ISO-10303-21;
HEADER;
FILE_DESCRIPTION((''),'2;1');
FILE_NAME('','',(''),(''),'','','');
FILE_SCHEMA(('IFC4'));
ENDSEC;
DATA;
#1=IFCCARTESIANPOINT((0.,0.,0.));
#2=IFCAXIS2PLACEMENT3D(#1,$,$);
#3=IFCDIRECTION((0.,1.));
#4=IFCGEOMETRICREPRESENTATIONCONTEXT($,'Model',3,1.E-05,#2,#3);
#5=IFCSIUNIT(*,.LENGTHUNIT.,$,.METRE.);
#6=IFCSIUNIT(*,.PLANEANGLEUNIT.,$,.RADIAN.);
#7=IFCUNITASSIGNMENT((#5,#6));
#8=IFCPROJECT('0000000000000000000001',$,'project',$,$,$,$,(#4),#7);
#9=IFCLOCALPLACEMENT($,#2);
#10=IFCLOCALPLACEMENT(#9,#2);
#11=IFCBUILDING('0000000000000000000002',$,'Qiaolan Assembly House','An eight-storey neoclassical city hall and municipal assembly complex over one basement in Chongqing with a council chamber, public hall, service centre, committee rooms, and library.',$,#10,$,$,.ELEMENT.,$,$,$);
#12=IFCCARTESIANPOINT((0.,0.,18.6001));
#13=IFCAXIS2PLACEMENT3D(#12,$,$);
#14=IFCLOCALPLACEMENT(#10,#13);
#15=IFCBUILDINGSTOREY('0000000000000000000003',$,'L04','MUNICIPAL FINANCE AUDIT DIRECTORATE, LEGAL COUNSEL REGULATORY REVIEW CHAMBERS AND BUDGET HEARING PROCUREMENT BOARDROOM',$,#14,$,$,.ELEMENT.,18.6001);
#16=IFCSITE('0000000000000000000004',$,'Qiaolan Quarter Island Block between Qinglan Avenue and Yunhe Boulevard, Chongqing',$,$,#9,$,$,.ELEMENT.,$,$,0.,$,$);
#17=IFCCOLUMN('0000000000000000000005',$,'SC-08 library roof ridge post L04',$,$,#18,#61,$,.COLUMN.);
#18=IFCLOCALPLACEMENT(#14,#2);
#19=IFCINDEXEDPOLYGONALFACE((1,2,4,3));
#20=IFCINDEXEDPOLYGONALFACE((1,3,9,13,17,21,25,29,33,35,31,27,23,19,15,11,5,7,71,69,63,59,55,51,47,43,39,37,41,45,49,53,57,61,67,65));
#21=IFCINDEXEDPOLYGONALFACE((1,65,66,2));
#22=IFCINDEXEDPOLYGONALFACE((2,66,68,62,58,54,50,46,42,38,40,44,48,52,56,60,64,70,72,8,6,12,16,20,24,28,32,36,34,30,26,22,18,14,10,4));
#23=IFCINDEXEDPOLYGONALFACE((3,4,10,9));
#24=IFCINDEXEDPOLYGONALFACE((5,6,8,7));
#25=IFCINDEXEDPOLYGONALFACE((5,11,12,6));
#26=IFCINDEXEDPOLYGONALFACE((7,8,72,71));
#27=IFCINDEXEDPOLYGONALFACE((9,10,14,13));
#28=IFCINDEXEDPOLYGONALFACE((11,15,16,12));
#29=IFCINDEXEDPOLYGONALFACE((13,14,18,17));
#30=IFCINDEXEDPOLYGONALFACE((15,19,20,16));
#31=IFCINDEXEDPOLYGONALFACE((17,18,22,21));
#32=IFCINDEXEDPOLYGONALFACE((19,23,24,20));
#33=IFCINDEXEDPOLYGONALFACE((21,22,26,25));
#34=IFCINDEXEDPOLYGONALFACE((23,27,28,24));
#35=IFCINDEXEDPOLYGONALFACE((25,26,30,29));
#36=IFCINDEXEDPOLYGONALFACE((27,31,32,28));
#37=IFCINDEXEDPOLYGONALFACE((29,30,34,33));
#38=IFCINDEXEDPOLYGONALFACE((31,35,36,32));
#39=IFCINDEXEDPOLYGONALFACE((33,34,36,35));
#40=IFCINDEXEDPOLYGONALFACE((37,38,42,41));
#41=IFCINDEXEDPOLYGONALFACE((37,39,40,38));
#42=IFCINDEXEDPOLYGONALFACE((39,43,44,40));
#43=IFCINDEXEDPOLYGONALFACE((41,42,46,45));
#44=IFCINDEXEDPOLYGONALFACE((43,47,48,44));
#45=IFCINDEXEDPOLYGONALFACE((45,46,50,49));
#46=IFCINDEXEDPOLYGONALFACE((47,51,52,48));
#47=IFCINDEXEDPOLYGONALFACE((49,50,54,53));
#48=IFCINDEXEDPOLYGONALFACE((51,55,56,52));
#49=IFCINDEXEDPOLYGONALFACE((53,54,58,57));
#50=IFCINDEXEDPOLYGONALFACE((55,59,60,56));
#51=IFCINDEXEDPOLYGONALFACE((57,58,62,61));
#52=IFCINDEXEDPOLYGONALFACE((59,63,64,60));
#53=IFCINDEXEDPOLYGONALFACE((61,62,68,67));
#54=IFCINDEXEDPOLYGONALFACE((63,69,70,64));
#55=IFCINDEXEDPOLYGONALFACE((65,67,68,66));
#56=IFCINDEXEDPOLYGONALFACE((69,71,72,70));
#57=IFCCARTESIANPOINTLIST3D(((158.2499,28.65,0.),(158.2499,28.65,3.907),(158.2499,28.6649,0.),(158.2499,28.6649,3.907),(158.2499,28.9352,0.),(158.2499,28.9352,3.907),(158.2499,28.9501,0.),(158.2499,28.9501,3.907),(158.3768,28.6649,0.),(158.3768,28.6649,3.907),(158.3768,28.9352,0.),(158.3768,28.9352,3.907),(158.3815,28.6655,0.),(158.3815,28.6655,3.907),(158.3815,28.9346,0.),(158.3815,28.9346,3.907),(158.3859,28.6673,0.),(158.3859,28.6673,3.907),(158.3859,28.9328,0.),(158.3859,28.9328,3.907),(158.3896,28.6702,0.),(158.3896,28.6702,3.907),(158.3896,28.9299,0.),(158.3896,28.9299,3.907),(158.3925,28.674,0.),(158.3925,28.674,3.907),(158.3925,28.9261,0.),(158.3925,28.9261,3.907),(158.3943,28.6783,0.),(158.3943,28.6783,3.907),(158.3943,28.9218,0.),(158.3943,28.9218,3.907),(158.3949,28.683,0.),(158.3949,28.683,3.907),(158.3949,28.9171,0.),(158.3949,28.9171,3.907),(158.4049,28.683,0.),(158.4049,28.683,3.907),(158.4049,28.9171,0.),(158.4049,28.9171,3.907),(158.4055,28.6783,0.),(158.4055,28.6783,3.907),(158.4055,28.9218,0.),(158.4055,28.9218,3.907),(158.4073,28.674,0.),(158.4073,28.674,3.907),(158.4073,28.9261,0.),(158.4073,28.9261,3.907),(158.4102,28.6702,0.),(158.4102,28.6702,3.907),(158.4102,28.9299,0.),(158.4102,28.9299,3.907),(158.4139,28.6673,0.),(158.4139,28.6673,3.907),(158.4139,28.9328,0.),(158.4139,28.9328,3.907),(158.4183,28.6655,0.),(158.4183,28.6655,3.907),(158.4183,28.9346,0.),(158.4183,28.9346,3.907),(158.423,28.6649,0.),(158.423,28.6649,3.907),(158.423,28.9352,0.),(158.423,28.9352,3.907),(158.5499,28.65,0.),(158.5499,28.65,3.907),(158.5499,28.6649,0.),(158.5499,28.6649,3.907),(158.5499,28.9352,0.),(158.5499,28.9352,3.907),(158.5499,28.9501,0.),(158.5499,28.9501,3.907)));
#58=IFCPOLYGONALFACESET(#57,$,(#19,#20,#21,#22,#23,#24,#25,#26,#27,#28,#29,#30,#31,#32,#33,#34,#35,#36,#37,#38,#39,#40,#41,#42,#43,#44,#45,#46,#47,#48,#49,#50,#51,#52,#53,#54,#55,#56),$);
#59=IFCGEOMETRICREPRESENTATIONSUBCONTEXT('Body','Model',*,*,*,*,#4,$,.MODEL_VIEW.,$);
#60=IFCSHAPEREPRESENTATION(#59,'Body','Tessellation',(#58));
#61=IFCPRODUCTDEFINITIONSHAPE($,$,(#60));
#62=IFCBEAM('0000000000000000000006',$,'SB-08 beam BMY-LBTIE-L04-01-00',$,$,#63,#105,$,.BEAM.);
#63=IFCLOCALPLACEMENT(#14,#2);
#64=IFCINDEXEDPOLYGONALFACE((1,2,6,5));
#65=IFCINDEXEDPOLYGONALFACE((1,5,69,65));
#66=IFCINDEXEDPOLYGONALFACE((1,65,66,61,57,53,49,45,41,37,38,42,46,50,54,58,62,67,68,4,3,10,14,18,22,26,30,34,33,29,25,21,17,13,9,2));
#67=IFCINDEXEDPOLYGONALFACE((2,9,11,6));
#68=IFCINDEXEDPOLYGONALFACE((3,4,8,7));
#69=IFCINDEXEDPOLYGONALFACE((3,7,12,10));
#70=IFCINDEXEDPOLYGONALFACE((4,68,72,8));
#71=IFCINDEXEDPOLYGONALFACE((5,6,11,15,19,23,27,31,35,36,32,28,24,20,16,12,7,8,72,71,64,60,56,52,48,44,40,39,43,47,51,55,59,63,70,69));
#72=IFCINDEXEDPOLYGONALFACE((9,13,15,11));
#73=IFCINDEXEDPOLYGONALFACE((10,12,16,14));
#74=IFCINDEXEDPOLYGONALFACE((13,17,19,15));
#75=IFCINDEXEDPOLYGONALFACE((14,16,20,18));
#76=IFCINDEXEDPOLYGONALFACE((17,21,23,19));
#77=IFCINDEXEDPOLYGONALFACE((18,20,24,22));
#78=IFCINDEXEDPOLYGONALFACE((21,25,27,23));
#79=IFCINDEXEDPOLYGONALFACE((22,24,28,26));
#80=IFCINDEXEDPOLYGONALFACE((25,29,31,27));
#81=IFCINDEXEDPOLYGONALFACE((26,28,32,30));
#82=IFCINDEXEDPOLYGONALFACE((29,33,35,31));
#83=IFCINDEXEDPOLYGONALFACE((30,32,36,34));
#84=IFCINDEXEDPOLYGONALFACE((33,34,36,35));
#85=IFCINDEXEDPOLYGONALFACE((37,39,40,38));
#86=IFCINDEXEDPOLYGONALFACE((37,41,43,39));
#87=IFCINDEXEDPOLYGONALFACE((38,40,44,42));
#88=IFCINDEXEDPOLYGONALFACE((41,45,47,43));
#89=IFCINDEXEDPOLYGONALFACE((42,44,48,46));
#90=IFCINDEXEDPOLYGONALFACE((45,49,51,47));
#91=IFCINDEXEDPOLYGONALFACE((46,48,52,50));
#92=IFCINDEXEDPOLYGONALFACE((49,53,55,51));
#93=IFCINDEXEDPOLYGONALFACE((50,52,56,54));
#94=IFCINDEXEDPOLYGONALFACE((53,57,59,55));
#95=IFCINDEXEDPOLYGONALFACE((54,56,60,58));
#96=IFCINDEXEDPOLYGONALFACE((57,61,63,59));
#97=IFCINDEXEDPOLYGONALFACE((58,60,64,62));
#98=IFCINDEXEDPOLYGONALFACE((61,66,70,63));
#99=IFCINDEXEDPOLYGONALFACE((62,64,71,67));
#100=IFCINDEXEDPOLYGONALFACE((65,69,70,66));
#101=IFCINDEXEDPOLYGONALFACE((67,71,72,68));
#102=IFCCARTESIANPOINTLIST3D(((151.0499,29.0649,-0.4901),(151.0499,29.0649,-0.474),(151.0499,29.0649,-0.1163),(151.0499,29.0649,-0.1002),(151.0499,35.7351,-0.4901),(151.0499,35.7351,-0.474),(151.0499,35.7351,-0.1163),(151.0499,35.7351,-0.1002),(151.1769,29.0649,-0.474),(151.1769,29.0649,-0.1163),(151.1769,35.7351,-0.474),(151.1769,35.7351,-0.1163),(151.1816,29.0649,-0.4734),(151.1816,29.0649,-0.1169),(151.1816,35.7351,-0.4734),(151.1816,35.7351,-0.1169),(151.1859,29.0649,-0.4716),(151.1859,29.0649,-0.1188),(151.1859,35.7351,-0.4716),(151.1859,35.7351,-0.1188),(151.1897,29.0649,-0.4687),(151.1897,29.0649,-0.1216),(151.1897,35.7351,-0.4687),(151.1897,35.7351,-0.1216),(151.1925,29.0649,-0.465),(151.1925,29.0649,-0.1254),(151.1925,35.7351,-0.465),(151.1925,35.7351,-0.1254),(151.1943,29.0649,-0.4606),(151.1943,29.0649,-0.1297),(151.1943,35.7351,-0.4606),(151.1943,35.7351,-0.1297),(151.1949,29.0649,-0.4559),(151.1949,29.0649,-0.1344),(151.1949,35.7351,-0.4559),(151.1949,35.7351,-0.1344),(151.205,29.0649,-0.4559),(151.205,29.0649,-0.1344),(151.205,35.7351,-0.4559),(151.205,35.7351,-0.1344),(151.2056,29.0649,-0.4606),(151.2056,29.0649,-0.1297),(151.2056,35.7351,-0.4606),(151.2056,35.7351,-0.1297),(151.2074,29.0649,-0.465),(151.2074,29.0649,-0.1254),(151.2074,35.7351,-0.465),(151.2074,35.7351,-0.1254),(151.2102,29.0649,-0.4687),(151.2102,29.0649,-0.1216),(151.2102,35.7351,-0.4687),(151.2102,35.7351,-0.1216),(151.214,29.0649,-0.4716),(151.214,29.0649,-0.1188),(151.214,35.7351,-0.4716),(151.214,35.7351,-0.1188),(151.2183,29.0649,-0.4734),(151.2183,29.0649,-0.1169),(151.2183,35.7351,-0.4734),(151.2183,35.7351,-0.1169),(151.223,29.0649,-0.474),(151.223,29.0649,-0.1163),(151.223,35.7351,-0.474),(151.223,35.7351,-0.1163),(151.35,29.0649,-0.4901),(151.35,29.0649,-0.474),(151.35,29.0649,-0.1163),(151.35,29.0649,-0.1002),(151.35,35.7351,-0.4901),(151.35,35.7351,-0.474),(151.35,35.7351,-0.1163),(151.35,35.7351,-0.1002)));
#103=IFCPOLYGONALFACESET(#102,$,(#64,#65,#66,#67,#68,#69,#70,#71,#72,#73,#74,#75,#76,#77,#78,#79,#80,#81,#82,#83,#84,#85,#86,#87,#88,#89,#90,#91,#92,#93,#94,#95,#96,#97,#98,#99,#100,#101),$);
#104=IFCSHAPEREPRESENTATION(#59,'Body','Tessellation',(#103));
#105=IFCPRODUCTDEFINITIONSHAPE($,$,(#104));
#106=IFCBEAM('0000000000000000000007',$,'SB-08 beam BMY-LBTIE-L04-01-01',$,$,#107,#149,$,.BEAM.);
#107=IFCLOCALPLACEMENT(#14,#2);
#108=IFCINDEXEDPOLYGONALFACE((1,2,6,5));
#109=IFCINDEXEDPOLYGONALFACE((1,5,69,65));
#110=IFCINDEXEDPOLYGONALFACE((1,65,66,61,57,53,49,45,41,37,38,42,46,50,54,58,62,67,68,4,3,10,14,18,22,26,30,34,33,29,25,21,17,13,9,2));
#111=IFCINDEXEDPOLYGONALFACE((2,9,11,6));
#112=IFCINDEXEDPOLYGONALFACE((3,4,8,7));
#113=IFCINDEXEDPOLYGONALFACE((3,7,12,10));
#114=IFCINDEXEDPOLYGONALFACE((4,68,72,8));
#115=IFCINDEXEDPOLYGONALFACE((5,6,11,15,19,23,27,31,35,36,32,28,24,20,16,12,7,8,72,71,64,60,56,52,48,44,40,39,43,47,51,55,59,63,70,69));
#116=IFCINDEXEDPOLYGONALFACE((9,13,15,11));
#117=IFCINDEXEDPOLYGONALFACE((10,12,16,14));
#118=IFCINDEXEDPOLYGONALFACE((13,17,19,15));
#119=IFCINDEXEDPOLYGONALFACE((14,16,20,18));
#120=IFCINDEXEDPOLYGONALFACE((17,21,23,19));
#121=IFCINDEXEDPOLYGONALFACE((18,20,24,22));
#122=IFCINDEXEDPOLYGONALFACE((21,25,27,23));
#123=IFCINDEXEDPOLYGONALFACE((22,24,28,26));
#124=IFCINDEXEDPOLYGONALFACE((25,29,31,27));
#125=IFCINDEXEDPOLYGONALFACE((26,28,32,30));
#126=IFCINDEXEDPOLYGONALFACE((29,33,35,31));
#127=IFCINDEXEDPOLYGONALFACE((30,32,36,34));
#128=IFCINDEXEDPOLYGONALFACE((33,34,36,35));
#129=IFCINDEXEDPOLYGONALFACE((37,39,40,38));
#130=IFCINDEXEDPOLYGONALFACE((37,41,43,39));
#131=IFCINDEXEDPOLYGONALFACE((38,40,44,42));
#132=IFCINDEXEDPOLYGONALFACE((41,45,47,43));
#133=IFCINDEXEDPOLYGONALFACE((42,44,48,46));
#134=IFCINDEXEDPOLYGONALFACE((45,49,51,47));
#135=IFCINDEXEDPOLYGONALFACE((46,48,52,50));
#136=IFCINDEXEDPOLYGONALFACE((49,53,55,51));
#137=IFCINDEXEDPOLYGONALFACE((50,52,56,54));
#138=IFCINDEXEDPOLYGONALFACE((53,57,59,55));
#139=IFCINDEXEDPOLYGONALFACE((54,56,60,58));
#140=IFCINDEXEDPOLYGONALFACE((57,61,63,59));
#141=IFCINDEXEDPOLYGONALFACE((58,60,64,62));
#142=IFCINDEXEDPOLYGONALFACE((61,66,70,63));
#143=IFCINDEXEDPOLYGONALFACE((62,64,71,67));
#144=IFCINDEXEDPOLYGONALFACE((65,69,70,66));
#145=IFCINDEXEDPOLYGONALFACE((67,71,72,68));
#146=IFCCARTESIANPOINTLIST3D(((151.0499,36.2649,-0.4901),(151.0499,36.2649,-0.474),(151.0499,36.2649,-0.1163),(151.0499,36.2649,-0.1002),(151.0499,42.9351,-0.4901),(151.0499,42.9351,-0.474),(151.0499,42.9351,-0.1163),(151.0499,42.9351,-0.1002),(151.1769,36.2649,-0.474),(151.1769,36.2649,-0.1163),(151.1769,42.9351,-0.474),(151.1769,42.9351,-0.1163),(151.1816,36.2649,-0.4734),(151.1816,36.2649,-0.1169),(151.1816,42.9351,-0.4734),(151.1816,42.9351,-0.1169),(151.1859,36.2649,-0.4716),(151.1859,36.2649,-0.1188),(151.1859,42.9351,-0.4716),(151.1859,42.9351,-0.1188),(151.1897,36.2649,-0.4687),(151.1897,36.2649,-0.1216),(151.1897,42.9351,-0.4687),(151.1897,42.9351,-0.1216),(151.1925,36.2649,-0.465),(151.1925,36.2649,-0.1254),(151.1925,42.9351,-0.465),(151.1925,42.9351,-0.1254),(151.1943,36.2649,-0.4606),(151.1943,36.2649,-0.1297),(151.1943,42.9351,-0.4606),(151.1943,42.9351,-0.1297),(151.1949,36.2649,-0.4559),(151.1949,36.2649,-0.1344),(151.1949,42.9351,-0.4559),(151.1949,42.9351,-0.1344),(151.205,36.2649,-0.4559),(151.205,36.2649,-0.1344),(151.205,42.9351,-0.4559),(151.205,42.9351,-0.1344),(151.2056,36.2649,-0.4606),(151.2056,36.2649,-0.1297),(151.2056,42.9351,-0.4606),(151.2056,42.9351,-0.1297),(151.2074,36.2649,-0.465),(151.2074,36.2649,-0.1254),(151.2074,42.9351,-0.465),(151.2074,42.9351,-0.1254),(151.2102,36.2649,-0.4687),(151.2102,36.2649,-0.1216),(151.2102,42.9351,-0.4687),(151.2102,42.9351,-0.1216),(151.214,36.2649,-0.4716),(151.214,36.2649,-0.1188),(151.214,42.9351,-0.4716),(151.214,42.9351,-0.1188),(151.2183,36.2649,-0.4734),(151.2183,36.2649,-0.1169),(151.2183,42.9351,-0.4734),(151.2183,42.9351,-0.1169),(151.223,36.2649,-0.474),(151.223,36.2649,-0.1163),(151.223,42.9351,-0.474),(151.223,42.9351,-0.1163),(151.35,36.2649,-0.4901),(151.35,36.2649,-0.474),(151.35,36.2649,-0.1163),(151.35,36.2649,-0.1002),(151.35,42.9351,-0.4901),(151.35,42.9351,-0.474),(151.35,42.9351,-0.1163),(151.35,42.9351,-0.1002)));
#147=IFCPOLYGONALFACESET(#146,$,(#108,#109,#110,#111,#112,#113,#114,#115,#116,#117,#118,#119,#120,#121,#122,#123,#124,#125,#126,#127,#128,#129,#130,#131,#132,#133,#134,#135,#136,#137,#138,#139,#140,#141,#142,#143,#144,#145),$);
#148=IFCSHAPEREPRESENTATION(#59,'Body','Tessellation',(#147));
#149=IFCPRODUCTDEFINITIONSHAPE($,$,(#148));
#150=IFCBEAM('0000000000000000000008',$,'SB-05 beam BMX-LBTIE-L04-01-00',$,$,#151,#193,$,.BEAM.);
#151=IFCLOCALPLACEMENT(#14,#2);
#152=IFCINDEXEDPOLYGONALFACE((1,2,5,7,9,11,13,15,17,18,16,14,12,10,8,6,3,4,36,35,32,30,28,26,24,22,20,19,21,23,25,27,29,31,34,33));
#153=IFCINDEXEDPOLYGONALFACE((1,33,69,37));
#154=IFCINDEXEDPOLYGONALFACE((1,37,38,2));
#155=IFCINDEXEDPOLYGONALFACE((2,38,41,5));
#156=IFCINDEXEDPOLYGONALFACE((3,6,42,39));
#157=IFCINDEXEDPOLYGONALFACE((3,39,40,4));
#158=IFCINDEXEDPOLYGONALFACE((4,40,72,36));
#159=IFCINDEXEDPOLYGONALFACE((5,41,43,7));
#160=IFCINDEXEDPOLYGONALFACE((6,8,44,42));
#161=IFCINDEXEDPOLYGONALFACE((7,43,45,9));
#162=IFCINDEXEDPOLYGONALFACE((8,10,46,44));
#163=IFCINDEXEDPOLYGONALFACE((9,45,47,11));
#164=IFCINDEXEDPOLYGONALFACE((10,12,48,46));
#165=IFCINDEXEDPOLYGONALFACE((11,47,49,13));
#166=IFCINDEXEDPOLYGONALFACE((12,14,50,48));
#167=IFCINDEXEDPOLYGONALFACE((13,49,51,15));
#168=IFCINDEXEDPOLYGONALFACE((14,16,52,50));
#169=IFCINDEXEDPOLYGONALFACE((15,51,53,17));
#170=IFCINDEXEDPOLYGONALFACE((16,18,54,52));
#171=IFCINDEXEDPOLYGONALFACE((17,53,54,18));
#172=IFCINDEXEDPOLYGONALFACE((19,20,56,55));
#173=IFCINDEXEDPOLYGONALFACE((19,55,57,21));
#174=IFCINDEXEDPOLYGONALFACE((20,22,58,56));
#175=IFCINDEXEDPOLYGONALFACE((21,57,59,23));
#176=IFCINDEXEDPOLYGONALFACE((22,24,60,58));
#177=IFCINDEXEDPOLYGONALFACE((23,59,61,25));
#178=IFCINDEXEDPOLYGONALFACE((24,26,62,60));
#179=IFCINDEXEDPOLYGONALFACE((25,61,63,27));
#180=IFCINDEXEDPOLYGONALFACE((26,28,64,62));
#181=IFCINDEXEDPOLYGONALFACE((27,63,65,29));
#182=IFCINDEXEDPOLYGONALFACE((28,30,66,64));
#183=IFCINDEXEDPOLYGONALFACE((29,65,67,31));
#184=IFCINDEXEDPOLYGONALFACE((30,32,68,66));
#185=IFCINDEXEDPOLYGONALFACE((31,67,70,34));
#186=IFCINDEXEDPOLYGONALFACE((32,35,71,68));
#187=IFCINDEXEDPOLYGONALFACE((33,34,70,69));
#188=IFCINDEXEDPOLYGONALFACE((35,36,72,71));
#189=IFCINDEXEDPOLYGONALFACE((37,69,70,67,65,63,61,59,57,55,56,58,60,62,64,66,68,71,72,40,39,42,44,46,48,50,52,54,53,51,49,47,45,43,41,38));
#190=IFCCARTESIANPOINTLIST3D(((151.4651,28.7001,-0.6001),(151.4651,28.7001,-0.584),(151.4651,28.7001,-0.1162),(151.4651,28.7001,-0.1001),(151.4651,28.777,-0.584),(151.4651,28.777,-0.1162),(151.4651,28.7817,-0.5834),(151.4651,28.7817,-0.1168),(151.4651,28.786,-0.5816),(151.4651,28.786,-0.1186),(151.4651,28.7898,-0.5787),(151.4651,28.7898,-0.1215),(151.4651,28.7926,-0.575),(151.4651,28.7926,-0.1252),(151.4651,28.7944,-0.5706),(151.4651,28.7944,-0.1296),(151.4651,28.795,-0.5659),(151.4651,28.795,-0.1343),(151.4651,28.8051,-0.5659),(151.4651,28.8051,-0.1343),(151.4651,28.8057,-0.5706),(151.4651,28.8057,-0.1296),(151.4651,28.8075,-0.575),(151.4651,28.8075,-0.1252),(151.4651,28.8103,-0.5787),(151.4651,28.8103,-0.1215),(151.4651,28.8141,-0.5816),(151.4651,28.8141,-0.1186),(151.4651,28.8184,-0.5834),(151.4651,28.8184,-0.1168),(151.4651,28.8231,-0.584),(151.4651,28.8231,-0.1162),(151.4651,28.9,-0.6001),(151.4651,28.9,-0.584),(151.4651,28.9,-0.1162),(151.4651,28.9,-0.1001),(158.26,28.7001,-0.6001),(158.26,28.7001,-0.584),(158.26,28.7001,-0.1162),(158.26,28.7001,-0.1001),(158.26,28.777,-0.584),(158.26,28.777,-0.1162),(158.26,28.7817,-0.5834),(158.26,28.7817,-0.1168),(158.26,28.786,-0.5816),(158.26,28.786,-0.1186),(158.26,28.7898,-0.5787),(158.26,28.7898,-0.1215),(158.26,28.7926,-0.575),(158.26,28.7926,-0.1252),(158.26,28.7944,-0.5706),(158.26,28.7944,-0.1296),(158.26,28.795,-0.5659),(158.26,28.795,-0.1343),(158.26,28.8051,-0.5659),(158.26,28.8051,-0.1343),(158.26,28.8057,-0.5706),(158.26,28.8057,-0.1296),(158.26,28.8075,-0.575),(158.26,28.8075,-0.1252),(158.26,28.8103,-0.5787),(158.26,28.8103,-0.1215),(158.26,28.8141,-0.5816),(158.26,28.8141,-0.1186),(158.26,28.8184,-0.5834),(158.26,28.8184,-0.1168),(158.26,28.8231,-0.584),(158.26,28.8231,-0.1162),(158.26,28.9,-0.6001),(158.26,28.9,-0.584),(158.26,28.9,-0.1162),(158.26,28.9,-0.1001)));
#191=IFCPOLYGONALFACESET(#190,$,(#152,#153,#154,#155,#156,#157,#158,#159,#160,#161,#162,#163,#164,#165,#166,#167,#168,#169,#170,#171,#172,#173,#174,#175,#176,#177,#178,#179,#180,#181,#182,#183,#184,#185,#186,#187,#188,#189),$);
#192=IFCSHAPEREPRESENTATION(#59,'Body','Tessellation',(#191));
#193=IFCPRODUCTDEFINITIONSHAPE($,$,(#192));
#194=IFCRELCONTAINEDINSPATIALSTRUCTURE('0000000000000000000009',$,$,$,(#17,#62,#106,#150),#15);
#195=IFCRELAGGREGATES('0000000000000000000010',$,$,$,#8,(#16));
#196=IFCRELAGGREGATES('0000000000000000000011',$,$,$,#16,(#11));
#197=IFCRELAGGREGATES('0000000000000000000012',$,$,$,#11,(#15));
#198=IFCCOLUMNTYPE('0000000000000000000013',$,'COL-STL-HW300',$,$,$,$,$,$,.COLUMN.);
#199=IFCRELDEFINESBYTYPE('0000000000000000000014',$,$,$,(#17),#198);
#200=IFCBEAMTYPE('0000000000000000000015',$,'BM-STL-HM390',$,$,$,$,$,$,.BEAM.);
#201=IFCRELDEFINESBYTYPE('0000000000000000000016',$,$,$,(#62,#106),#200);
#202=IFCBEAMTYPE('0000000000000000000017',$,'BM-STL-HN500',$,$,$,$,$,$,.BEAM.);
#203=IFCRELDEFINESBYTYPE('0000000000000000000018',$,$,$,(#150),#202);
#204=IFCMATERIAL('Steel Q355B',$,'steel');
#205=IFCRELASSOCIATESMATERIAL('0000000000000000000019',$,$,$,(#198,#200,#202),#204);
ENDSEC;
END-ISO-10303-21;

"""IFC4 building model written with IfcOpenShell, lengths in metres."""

from ifc_helpers import new_model, si_unit, direction, frame, origin, origin_2d, place, context, subcontext, project, spatial, i_section, extrude, material, material_profile, profile_set, type_object, element, save


model = new_model("IFC4")

# Units and contexts
model_context = context("Model", 3, precision=1e-05, world=origin(), true_north=direction((0.0, 1.0)))
body_context = subcontext(model_context, "Body", "Model", "MODEL_VIEW")
ifc_project = project(units=[si_unit("LENGTHUNIT", "METRE"), si_unit("PLANEANGLEUNIT", "RADIAN")], contexts=[model_context])

# Site, building, storey
site_placement = place(None, origin())
site = spatial("IfcSite", under=ifc_project, at=site_placement, Name="Qiaolan Quarter Island Block between Qinglan Avenue and Yunhe Boulevard, Chongqing", CompositionType="ELEMENT", RefElevation=0.0)
building_placement = place(site_placement, origin())
building = spatial("IfcBuilding", under=site, at=building_placement, Name="Qiaolan Assembly House", Description="An eight-storey neoclassical city hall and municipal assembly complex over one basement in Chongqing with a council chamber, public hall, service centre, committee rooms, and library.", CompositionType="ELEMENT")
storey_placement = place(building_placement, frame((0.0, 0.0, 18.6001)))
storey = spatial("IfcBuildingStorey", under=building, at=storey_placement, Name="L04", Description="MUNICIPAL FINANCE AUDIT DIRECTORATE, LEGAL COUNSEL REGULATORY REVIEW CHAMBERS AND BUDGET HEARING PROCUREMENT BOARDROOM", CompositionType="ELEMENT", Elevation=18.6001)

# Column
ifc_material = material(Name="Steel Q355B", Category="steel")
ifc_material_profile_1 = material_profile(ifc_material, i_section(OverallWidth=0.3, OverallDepth=0.3, WebThickness=0.01, FlangeThickness=0.0149, FilletRadius=0.0181, at=origin_2d()), Name="HW 300x300x10x15")
ifc_profile_set_1 = profile_set([ifc_material_profile_1], Name="Steel Q355B")
column_type = type_object("IfcColumnType", Name="COL-STL-HW300", PredefinedType="COLUMN", material=ifc_profile_set_1)
column_placement = place(storey_placement, frame((158.3999, 28.8, 0.0), z_axis=(0.0, 0.0, 1.0), x_axis=(1.0, 0.0, 0.0)))
element("IfcColumn", 1, at=column_placement, inside=storey, type_object=column_type, Name="SC-08 library roof ridge post L04", PredefinedType="COLUMN", context=body_context, shape_type="SweptSolid", body=[
    extrude(i_section(OverallWidth=0.3, OverallDepth=0.3, WebThickness=0.01, FlangeThickness=0.0149, FilletRadius=0.0181, at=origin_2d()), origin(), (0.0, 0.0, 1.0), 3.907),
])

# Beams
ifc_material_profile_2 = material_profile(ifc_material, i_section(OverallWidth=0.3, OverallDepth=0.3899, WebThickness=0.01, FlangeThickness=0.0161, FilletRadius=0.0181, at=origin_2d()), Name="HM 390x300x10x16")
ifc_profile_set_2 = profile_set([ifc_material_profile_2], Name="Steel Q355B")
beam_type_1 = type_object("IfcBeamType", Name="BM-STL-HM390", PredefinedType="BEAM", material=ifc_profile_set_2)
for number, where, z_axis, x_axis, name in (
    (2, (151.2, 29.0649, -0.2952), (0.0, 1.0, 0.0), (-1.0, 0.0, 0.0), "SB-08 beam BMY-LBTIE-L04-01-00"),
    (3, (151.2, 36.2649, -0.2952), (0.0, 1.0, 0.0), (-1.0, 0.0, 0.0), "SB-08 beam BMY-LBTIE-L04-01-01"),
):
    element("IfcBeam", number, at=place(storey_placement, frame(where, z_axis=z_axis, x_axis=x_axis)), inside=storey, type_object=beam_type_1, Name=name, PredefinedType="BEAM", context=body_context, shape_type="SweptSolid", body=[
        extrude(i_section(OverallWidth=0.3, OverallDepth=0.3899, WebThickness=0.01, FlangeThickness=0.0161, FilletRadius=0.0181, at=origin_2d()), origin(), (0.0, 0.0, 1.0), 6.6702),
    ])
ifc_material_profile_3 = material_profile(ifc_material, i_section(OverallWidth=0.2, OverallDepth=0.5, WebThickness=0.01, FlangeThickness=0.0161, FilletRadius=0.0181, at=origin_2d()), Name="HN 500x200x10x16")
ifc_profile_set_3 = profile_set([ifc_material_profile_3], Name="Steel Q355B")
beam_type_2 = type_object("IfcBeamType", Name="BM-STL-HN500", PredefinedType="BEAM", material=ifc_profile_set_3)
for number, where, z_axis, x_axis, name in (
    (4, (151.4651, 28.8, -0.3501), (1.0, 0.0, 0.0), (0.0, 1.0, 0.0), "SB-05 beam BMX-LBTIE-L04-01-00"),
):
    element("IfcBeam", number, at=place(storey_placement, frame(where, z_axis=z_axis, x_axis=x_axis)), inside=storey, type_object=beam_type_2, Name=name, PredefinedType="BEAM", context=body_context, shape_type="SweptSolid", body=[
        extrude(i_section(OverallWidth=0.2, OverallDepth=0.5, WebThickness=0.01, FlangeThickness=0.0161, FilletRadius=0.0181, at=origin_2d()), origin(), (0.0, 0.0, 1.0), 6.7949),
    ])

save(model, "model.ifc")
